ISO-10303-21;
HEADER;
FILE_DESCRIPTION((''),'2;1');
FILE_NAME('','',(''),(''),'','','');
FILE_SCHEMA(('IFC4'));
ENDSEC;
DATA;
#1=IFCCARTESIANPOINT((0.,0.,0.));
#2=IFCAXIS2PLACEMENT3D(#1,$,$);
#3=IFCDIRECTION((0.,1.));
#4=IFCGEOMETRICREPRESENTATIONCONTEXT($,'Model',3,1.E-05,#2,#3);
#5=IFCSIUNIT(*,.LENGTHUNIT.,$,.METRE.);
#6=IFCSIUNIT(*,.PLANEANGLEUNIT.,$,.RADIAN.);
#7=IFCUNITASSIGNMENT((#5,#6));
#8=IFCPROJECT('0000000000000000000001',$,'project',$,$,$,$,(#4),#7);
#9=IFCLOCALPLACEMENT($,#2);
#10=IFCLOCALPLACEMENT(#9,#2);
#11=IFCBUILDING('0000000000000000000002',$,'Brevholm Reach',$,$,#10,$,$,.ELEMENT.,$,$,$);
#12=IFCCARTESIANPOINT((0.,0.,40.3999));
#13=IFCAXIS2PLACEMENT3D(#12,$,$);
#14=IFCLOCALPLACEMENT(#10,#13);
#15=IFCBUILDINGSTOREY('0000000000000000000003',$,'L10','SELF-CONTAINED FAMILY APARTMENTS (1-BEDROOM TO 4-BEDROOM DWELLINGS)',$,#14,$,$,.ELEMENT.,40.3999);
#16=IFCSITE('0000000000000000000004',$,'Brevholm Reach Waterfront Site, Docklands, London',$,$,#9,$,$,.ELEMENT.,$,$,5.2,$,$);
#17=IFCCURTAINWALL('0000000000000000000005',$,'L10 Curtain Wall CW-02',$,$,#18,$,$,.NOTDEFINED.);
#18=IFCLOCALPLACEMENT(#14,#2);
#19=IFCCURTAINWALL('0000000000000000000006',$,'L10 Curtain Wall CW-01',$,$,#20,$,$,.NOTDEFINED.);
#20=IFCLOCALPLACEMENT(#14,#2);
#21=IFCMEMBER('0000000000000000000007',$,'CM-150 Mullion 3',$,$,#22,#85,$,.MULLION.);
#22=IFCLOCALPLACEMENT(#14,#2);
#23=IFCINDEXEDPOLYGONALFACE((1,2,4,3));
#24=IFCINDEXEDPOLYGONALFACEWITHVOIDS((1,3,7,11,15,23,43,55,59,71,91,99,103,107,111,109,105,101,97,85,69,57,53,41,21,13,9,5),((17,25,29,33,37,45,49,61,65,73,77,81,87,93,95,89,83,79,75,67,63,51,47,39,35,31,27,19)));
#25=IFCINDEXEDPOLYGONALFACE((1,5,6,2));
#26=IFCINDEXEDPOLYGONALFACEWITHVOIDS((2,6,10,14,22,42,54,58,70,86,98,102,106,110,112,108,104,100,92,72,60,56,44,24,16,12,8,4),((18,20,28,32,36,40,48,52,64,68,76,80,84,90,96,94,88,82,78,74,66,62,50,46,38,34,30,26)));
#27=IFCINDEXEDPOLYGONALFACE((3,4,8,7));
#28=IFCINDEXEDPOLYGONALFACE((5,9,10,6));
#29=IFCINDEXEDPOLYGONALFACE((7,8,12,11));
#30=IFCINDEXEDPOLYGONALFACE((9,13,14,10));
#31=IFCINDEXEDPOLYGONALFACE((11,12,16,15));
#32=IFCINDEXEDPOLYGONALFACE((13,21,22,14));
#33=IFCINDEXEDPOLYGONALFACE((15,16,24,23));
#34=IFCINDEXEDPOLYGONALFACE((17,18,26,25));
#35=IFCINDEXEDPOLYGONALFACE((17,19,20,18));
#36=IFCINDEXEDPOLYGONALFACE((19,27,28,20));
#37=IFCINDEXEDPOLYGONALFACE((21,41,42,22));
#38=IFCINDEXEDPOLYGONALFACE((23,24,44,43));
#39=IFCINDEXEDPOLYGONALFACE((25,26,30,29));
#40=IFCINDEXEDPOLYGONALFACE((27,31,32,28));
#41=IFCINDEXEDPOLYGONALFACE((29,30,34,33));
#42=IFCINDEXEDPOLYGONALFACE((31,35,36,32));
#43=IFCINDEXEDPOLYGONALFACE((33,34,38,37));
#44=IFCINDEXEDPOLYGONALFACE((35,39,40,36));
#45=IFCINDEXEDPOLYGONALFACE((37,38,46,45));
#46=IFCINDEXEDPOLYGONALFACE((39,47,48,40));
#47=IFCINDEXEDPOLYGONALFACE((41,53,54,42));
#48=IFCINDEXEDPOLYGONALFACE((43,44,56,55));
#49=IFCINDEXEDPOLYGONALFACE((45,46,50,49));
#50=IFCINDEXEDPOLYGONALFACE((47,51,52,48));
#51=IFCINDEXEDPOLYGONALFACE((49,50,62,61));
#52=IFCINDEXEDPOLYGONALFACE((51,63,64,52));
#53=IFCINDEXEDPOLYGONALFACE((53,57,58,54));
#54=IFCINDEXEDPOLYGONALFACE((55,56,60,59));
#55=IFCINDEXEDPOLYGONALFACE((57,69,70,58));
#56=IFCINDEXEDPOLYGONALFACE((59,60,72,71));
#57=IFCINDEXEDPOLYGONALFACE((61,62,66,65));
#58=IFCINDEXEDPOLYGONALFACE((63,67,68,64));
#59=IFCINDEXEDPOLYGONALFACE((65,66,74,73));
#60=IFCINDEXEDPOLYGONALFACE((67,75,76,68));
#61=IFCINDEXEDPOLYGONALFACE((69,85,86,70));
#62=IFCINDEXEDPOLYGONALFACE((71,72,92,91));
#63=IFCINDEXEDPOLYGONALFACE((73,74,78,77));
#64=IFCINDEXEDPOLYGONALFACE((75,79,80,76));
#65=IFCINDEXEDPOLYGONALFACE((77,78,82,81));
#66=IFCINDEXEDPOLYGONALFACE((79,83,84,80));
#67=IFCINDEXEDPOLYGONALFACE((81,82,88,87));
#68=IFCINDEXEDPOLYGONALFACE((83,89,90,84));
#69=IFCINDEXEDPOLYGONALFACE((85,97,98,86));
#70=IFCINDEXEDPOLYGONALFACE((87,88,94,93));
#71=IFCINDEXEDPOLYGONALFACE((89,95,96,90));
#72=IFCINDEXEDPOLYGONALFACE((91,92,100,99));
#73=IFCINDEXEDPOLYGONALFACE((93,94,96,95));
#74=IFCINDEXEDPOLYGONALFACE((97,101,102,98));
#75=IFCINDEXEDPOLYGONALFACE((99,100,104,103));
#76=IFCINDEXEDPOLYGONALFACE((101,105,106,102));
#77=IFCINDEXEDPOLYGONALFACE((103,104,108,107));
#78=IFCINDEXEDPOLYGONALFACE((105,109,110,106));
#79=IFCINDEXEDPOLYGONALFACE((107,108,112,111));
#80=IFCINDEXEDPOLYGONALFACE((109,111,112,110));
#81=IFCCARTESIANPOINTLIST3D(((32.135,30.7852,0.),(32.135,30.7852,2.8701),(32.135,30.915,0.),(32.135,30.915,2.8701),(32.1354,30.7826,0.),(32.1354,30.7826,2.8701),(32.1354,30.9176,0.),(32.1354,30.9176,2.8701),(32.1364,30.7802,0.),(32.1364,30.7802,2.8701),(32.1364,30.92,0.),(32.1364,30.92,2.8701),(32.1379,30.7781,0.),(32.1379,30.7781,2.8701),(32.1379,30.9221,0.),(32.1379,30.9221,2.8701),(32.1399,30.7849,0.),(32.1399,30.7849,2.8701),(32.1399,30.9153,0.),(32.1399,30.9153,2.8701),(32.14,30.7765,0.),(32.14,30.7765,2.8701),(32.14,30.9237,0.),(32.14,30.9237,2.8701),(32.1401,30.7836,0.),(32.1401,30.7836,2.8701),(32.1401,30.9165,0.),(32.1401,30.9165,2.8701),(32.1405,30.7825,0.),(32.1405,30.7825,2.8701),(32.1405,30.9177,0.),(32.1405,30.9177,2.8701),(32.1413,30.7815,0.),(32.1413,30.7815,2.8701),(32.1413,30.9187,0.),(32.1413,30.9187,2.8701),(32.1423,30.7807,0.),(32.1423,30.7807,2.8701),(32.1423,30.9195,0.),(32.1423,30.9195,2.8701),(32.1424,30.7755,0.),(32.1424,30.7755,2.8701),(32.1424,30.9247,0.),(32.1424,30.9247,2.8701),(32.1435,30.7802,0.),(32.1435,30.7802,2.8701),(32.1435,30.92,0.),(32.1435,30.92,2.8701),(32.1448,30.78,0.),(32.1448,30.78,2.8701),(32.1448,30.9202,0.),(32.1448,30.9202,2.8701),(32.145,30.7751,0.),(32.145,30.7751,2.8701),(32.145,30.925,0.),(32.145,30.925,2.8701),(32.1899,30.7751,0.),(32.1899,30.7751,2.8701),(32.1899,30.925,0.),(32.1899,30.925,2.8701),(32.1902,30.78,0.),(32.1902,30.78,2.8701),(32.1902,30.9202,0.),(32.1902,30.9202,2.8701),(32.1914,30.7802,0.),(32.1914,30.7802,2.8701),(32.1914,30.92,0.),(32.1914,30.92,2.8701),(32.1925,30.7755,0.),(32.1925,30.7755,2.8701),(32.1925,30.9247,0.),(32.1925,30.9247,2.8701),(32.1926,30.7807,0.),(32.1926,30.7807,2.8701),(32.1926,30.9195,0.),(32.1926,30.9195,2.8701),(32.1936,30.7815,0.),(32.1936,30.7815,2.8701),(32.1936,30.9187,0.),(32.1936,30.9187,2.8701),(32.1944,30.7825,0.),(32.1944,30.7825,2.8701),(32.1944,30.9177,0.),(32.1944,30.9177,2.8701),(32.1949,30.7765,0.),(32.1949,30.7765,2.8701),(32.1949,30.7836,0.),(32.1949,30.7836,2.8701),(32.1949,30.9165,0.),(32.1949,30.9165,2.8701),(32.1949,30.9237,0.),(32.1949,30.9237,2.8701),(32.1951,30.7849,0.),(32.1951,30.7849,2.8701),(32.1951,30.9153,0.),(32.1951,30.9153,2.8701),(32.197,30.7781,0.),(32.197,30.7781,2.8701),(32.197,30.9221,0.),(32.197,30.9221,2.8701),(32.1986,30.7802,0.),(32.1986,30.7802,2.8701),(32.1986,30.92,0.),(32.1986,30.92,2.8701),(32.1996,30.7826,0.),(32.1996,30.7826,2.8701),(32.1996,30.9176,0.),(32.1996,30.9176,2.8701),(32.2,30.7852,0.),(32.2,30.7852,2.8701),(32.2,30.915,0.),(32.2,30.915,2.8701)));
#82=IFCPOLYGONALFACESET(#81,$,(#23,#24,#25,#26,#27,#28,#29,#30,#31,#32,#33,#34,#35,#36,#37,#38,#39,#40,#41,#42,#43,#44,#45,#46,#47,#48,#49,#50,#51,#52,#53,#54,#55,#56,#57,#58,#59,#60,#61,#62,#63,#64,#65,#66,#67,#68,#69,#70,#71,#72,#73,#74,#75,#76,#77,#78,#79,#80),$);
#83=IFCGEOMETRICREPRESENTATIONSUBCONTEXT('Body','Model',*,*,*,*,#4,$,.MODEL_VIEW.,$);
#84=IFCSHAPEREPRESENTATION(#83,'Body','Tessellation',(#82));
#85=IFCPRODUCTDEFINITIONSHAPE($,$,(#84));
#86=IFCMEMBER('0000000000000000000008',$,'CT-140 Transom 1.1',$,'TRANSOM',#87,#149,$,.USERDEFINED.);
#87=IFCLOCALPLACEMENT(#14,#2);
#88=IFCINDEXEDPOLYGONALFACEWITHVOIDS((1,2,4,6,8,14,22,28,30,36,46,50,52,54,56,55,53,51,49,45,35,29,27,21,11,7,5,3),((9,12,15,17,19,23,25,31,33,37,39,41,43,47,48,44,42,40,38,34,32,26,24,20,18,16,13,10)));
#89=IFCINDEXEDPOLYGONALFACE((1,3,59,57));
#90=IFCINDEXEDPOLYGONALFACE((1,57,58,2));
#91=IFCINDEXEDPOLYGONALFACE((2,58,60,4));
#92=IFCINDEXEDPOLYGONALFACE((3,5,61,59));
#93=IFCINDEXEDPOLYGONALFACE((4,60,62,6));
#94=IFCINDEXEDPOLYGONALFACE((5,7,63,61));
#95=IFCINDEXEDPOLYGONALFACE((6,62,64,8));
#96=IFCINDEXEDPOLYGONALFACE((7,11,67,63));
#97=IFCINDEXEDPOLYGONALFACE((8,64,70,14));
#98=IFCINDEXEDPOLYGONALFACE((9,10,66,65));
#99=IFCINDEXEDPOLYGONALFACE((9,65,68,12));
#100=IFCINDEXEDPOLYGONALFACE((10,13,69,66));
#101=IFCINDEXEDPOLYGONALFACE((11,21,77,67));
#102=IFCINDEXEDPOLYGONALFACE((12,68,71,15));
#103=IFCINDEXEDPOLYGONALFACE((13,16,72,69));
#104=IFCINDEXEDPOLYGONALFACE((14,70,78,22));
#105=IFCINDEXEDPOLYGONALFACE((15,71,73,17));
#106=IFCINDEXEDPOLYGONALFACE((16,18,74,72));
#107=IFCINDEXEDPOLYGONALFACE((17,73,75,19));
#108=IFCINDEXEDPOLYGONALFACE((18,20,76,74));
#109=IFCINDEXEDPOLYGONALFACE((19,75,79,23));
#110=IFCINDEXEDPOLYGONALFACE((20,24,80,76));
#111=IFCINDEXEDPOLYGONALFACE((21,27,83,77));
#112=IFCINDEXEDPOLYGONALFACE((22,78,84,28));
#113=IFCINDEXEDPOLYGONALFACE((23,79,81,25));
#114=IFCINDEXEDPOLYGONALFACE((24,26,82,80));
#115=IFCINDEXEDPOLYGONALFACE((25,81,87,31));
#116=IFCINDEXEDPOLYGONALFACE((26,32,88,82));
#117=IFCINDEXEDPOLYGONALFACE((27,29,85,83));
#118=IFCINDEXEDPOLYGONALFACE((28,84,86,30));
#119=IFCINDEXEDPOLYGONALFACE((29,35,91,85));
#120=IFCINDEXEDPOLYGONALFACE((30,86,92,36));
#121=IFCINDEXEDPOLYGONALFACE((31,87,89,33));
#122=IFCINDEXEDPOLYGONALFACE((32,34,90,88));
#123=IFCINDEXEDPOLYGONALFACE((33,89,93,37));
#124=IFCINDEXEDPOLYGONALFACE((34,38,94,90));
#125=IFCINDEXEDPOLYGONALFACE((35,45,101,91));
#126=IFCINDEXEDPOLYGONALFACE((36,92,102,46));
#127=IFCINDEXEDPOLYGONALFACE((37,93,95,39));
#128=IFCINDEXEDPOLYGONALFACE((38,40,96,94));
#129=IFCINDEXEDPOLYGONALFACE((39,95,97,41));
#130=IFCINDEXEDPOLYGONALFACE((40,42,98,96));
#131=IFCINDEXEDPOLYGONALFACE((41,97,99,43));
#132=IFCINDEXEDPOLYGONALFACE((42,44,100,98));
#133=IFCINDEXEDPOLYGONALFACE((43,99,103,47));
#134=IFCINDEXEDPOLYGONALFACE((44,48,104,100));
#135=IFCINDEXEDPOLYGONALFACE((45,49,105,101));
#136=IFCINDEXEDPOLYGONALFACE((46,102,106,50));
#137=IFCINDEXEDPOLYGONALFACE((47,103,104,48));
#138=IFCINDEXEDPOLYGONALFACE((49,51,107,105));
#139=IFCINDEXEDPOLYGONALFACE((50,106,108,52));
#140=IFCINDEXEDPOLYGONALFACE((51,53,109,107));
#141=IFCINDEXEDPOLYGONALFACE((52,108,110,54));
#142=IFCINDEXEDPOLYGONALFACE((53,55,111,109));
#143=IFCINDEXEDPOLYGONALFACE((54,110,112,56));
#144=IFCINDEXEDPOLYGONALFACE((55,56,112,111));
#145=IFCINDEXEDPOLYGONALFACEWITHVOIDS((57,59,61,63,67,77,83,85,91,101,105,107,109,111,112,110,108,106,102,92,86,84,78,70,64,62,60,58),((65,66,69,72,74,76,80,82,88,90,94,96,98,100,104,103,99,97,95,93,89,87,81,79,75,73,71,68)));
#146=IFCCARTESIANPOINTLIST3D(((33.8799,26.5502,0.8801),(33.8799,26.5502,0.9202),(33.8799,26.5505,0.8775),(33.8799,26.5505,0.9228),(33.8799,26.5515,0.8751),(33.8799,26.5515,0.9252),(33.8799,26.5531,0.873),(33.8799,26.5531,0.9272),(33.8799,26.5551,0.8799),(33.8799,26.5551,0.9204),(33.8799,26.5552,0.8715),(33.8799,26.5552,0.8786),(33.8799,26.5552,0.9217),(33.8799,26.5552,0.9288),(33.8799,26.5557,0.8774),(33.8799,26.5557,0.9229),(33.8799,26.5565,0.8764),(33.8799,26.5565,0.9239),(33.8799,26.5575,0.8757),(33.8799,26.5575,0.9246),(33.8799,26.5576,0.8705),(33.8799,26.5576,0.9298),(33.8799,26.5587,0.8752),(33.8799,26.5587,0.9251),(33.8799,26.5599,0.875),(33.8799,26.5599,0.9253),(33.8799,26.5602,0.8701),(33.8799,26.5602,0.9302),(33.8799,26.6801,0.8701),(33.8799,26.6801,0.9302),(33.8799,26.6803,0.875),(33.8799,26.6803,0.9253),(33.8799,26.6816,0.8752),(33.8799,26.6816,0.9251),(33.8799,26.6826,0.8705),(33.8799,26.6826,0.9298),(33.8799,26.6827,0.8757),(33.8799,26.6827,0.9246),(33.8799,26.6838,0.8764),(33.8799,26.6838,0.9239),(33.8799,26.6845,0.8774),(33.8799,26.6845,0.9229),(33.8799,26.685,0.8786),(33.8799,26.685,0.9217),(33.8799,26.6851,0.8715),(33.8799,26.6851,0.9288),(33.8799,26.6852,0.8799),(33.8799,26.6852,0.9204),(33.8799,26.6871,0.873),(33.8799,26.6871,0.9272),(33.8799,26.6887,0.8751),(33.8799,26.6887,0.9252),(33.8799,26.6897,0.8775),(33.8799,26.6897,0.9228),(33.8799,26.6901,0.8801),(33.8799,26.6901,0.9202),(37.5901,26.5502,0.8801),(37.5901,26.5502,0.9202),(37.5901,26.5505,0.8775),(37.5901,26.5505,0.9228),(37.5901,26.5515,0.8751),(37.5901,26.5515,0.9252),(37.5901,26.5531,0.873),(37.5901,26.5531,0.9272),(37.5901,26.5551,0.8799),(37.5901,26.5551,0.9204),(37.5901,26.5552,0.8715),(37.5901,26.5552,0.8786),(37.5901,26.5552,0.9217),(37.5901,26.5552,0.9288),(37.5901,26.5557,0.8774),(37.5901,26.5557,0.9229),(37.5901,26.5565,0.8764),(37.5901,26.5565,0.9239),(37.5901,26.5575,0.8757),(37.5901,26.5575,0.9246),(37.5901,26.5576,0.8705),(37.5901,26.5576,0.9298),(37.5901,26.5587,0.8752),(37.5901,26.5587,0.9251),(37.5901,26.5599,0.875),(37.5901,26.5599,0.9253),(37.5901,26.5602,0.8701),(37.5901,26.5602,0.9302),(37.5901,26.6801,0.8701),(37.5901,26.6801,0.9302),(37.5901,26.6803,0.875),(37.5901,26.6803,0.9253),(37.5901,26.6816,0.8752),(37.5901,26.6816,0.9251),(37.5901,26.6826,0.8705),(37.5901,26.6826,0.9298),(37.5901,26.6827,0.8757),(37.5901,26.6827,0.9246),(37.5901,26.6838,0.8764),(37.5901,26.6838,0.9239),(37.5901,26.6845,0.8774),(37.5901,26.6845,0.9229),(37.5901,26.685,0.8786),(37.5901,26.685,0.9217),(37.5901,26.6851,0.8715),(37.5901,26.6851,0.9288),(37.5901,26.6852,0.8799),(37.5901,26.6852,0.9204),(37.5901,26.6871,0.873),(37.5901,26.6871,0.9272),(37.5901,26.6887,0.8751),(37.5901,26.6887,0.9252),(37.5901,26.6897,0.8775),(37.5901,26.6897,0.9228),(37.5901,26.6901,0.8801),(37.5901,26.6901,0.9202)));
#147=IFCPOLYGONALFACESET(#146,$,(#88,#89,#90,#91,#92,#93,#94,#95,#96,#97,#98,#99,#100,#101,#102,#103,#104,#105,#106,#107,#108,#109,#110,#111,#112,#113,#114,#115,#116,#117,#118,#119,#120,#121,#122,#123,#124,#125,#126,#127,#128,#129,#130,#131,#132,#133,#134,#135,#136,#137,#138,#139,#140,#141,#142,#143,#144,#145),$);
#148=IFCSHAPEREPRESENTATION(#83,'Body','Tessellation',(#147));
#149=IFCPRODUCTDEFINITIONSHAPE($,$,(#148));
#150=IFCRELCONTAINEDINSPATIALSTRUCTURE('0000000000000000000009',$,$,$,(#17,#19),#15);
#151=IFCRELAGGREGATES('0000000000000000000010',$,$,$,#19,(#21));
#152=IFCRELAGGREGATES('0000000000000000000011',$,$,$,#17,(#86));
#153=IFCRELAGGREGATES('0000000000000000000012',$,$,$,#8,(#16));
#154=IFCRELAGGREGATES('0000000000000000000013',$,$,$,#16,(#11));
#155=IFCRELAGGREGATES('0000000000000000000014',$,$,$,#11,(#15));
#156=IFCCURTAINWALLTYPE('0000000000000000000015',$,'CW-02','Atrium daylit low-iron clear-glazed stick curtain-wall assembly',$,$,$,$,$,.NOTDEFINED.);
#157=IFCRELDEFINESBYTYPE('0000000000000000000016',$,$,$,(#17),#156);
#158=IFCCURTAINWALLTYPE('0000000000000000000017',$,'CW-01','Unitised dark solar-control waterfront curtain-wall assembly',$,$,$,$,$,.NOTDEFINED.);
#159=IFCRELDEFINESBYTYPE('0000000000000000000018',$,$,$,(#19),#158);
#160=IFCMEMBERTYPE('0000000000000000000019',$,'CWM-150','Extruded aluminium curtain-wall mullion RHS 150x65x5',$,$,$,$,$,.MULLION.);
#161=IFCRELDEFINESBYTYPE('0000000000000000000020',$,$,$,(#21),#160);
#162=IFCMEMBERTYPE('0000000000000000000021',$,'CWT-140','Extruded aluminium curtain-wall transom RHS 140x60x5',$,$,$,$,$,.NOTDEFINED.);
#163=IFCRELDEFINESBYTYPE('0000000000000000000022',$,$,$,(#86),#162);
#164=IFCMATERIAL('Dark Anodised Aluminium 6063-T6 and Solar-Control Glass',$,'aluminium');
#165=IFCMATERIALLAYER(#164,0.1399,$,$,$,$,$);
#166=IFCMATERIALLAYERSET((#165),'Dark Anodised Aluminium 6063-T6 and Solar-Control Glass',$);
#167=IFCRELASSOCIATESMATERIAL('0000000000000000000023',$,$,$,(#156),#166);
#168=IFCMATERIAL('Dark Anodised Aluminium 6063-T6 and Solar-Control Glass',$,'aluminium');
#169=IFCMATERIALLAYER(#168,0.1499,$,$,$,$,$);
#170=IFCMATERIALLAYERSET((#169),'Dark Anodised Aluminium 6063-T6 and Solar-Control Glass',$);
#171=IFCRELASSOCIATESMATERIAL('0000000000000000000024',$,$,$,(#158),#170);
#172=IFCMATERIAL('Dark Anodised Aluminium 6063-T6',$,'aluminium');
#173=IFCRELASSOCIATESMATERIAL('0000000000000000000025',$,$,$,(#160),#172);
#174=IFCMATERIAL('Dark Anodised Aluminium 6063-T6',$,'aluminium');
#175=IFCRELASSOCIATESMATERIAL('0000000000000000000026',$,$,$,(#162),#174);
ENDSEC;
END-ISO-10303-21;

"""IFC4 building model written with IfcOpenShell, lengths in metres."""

from ifc_helpers import new_model, si_unit, direction, frame, origin, origin_2d, place, context, subcontext, project, spatial, hollow_rectangle, extrude, material, layer, layer_set, material_profile, profile_set, type_object, element, aggregate, save


model = new_model("IFC4")

# Units and contexts
model_context = context("Model", 3, precision=1e-05, world=origin(), true_north=direction((0.0, 1.0)))
body_context = subcontext(model_context, "Body", "Model", "MODEL_VIEW")
ifc_project = project(units=[si_unit("LENGTHUNIT", "METRE"), si_unit("PLANEANGLEUNIT", "RADIAN")], contexts=[model_context])

# Site, building, storey
site_placement = place(None, origin())
site = spatial("IfcSite", under=ifc_project, at=site_placement, Name="Brevholm Reach Waterfront Site, Docklands, London", CompositionType="ELEMENT", RefElevation=5.2)
building_placement = place(site_placement, origin())
building = spatial("IfcBuilding", under=site, at=building_placement, Name="Brevholm Reach", CompositionType="ELEMENT")
storey_placement = place(building_placement, frame((0.0, 0.0, 40.3999)))
storey = spatial("IfcBuildingStorey", under=building, at=storey_placement, Name="L10", Description="SELF-CONTAINED FAMILY APARTMENTS (1-BEDROOM TO 4-BEDROOM DWELLINGS)", CompositionType="ELEMENT", Elevation=40.3999)

# Curtain walls, member
ifc_material_1 = material(Name="Dark Anodised Aluminium 6063-T6 and Solar-Control Glass", Category="aluminium")
ifc_layer_1 = layer(ifc_material_1, 0.1399)
ifc_layer_set_1 = layer_set([ifc_layer_1], Name="Dark Anodised Aluminium 6063-T6 and Solar-Control Glass")
curtain_wall_type_1 = type_object("IfcCurtainWallType", Name="CW-02", Description="Atrium daylit low-iron clear-glazed stick curtain-wall assembly", PredefinedType="NOTDEFINED", material=ifc_layer_set_1)
curtain_wall_1_placement = place(storey_placement, origin())
curtain_wall_1 = element("IfcCurtainWall", 1, at=curtain_wall_1_placement, inside=storey, type_object=curtain_wall_type_1, Name="L10 Curtain Wall CW-02", PredefinedType="NOTDEFINED")
ifc_material_2 = material(Name="Dark Anodised Aluminium 6063-T6 and Solar-Control Glass", Category="aluminium")
ifc_layer_2 = layer(ifc_material_2, 0.1499)
ifc_layer_set_2 = layer_set([ifc_layer_2], Name="Dark Anodised Aluminium 6063-T6 and Solar-Control Glass")
curtain_wall_type_2 = type_object("IfcCurtainWallType", Name="CW-01", Description="Unitised dark solar-control waterfront curtain-wall assembly", PredefinedType="NOTDEFINED", material=ifc_layer_set_2)
curtain_wall_2_placement = place(storey_placement, origin())
curtain_wall_2 = element("IfcCurtainWall", 2, at=curtain_wall_2_placement, inside=storey, type_object=curtain_wall_type_2, Name="L10 Curtain Wall CW-01", PredefinedType="NOTDEFINED")
ifc_material_3 = material(Name="Dark Anodised Aluminium 6063-T6", Category="aluminium")
ifc_material_profile_1 = material_profile(ifc_material_3, hollow_rectangle(XDim=0.0649, YDim=0.1499, WallThickness=0.0049, InnerFilletRadius=0.0049, OuterFilletRadius=0.01, at=origin_2d()), Name="RHS 150x65x5")
ifc_profile_set_1 = profile_set([ifc_material_profile_1], Name="Dark Anodised Aluminium 6063-T6")
member_type_1 = type_object("IfcMemberType", Name="CWM-150", Description="Extruded aluminium curtain-wall mullion RHS 150x65x5", PredefinedType="MULLION", material=ifc_profile_set_1)
member_1_placement = place(storey_placement, frame((32.1675, 30.8501, 0.0), z_axis=(0.0, 0.0, 1.0), x_axis=(1.0, 0.0, 0.0)))
member_1 = element("IfcMember", 3, at=member_1_placement, type_object=member_type_1, Name="CM-150 Mullion 3", PredefinedType="MULLION", context=body_context, shape_type="SweptSolid", body=[
    extrude(hollow_rectangle(XDim=0.0649, YDim=0.1499, WallThickness=0.0049, InnerFilletRadius=0.0049, OuterFilletRadius=0.01, at=origin_2d()), origin(), (0.0, 0.0, 1.0), 2.8701),
])

# Member
ifc_material_4 = material(Name="Dark Anodised Aluminium 6063-T6", Category="aluminium")
ifc_material_profile_2 = material_profile(ifc_material_4, hollow_rectangle(XDim=0.0601, YDim=0.1399, WallThickness=0.0049, InnerFilletRadius=0.0049, OuterFilletRadius=0.01, at=origin_2d()), Name="RHS 140x60x5")
ifc_profile_set_2 = profile_set([ifc_material_profile_2], Name="Dark Anodised Aluminium 6063-T6")
member_type_2 = type_object("IfcMemberType", Name="CWT-140", Description="Extruded aluminium curtain-wall transom RHS 140x60x5", PredefinedType="NOTDEFINED", material=ifc_profile_set_2)
member_2_placement = place(storey_placement, frame((37.5901, 26.6201, 0.9001), z_axis=(-1.0, 0.0, 0.0), x_axis=(0.0, 0.0, 1.0)))
member_2 = element("IfcMember", 4, at=member_2_placement, type_object=member_type_2, Name="CT-140 Transom 1.1", ObjectType="TRANSOM", PredefinedType="USERDEFINED", context=body_context, shape_type="SweptSolid", body=[
    extrude(hollow_rectangle(XDim=0.0601, YDim=0.1399, WallThickness=0.0049, InnerFilletRadius=0.0049, OuterFilletRadius=0.01, at=origin_2d()), origin(), (0.0, 0.0, 1.0), 3.7102),
])

aggregate(curtain_wall_2, [member_1])
aggregate(curtain_wall_1, [member_2])

save(model, "model.ifc")
